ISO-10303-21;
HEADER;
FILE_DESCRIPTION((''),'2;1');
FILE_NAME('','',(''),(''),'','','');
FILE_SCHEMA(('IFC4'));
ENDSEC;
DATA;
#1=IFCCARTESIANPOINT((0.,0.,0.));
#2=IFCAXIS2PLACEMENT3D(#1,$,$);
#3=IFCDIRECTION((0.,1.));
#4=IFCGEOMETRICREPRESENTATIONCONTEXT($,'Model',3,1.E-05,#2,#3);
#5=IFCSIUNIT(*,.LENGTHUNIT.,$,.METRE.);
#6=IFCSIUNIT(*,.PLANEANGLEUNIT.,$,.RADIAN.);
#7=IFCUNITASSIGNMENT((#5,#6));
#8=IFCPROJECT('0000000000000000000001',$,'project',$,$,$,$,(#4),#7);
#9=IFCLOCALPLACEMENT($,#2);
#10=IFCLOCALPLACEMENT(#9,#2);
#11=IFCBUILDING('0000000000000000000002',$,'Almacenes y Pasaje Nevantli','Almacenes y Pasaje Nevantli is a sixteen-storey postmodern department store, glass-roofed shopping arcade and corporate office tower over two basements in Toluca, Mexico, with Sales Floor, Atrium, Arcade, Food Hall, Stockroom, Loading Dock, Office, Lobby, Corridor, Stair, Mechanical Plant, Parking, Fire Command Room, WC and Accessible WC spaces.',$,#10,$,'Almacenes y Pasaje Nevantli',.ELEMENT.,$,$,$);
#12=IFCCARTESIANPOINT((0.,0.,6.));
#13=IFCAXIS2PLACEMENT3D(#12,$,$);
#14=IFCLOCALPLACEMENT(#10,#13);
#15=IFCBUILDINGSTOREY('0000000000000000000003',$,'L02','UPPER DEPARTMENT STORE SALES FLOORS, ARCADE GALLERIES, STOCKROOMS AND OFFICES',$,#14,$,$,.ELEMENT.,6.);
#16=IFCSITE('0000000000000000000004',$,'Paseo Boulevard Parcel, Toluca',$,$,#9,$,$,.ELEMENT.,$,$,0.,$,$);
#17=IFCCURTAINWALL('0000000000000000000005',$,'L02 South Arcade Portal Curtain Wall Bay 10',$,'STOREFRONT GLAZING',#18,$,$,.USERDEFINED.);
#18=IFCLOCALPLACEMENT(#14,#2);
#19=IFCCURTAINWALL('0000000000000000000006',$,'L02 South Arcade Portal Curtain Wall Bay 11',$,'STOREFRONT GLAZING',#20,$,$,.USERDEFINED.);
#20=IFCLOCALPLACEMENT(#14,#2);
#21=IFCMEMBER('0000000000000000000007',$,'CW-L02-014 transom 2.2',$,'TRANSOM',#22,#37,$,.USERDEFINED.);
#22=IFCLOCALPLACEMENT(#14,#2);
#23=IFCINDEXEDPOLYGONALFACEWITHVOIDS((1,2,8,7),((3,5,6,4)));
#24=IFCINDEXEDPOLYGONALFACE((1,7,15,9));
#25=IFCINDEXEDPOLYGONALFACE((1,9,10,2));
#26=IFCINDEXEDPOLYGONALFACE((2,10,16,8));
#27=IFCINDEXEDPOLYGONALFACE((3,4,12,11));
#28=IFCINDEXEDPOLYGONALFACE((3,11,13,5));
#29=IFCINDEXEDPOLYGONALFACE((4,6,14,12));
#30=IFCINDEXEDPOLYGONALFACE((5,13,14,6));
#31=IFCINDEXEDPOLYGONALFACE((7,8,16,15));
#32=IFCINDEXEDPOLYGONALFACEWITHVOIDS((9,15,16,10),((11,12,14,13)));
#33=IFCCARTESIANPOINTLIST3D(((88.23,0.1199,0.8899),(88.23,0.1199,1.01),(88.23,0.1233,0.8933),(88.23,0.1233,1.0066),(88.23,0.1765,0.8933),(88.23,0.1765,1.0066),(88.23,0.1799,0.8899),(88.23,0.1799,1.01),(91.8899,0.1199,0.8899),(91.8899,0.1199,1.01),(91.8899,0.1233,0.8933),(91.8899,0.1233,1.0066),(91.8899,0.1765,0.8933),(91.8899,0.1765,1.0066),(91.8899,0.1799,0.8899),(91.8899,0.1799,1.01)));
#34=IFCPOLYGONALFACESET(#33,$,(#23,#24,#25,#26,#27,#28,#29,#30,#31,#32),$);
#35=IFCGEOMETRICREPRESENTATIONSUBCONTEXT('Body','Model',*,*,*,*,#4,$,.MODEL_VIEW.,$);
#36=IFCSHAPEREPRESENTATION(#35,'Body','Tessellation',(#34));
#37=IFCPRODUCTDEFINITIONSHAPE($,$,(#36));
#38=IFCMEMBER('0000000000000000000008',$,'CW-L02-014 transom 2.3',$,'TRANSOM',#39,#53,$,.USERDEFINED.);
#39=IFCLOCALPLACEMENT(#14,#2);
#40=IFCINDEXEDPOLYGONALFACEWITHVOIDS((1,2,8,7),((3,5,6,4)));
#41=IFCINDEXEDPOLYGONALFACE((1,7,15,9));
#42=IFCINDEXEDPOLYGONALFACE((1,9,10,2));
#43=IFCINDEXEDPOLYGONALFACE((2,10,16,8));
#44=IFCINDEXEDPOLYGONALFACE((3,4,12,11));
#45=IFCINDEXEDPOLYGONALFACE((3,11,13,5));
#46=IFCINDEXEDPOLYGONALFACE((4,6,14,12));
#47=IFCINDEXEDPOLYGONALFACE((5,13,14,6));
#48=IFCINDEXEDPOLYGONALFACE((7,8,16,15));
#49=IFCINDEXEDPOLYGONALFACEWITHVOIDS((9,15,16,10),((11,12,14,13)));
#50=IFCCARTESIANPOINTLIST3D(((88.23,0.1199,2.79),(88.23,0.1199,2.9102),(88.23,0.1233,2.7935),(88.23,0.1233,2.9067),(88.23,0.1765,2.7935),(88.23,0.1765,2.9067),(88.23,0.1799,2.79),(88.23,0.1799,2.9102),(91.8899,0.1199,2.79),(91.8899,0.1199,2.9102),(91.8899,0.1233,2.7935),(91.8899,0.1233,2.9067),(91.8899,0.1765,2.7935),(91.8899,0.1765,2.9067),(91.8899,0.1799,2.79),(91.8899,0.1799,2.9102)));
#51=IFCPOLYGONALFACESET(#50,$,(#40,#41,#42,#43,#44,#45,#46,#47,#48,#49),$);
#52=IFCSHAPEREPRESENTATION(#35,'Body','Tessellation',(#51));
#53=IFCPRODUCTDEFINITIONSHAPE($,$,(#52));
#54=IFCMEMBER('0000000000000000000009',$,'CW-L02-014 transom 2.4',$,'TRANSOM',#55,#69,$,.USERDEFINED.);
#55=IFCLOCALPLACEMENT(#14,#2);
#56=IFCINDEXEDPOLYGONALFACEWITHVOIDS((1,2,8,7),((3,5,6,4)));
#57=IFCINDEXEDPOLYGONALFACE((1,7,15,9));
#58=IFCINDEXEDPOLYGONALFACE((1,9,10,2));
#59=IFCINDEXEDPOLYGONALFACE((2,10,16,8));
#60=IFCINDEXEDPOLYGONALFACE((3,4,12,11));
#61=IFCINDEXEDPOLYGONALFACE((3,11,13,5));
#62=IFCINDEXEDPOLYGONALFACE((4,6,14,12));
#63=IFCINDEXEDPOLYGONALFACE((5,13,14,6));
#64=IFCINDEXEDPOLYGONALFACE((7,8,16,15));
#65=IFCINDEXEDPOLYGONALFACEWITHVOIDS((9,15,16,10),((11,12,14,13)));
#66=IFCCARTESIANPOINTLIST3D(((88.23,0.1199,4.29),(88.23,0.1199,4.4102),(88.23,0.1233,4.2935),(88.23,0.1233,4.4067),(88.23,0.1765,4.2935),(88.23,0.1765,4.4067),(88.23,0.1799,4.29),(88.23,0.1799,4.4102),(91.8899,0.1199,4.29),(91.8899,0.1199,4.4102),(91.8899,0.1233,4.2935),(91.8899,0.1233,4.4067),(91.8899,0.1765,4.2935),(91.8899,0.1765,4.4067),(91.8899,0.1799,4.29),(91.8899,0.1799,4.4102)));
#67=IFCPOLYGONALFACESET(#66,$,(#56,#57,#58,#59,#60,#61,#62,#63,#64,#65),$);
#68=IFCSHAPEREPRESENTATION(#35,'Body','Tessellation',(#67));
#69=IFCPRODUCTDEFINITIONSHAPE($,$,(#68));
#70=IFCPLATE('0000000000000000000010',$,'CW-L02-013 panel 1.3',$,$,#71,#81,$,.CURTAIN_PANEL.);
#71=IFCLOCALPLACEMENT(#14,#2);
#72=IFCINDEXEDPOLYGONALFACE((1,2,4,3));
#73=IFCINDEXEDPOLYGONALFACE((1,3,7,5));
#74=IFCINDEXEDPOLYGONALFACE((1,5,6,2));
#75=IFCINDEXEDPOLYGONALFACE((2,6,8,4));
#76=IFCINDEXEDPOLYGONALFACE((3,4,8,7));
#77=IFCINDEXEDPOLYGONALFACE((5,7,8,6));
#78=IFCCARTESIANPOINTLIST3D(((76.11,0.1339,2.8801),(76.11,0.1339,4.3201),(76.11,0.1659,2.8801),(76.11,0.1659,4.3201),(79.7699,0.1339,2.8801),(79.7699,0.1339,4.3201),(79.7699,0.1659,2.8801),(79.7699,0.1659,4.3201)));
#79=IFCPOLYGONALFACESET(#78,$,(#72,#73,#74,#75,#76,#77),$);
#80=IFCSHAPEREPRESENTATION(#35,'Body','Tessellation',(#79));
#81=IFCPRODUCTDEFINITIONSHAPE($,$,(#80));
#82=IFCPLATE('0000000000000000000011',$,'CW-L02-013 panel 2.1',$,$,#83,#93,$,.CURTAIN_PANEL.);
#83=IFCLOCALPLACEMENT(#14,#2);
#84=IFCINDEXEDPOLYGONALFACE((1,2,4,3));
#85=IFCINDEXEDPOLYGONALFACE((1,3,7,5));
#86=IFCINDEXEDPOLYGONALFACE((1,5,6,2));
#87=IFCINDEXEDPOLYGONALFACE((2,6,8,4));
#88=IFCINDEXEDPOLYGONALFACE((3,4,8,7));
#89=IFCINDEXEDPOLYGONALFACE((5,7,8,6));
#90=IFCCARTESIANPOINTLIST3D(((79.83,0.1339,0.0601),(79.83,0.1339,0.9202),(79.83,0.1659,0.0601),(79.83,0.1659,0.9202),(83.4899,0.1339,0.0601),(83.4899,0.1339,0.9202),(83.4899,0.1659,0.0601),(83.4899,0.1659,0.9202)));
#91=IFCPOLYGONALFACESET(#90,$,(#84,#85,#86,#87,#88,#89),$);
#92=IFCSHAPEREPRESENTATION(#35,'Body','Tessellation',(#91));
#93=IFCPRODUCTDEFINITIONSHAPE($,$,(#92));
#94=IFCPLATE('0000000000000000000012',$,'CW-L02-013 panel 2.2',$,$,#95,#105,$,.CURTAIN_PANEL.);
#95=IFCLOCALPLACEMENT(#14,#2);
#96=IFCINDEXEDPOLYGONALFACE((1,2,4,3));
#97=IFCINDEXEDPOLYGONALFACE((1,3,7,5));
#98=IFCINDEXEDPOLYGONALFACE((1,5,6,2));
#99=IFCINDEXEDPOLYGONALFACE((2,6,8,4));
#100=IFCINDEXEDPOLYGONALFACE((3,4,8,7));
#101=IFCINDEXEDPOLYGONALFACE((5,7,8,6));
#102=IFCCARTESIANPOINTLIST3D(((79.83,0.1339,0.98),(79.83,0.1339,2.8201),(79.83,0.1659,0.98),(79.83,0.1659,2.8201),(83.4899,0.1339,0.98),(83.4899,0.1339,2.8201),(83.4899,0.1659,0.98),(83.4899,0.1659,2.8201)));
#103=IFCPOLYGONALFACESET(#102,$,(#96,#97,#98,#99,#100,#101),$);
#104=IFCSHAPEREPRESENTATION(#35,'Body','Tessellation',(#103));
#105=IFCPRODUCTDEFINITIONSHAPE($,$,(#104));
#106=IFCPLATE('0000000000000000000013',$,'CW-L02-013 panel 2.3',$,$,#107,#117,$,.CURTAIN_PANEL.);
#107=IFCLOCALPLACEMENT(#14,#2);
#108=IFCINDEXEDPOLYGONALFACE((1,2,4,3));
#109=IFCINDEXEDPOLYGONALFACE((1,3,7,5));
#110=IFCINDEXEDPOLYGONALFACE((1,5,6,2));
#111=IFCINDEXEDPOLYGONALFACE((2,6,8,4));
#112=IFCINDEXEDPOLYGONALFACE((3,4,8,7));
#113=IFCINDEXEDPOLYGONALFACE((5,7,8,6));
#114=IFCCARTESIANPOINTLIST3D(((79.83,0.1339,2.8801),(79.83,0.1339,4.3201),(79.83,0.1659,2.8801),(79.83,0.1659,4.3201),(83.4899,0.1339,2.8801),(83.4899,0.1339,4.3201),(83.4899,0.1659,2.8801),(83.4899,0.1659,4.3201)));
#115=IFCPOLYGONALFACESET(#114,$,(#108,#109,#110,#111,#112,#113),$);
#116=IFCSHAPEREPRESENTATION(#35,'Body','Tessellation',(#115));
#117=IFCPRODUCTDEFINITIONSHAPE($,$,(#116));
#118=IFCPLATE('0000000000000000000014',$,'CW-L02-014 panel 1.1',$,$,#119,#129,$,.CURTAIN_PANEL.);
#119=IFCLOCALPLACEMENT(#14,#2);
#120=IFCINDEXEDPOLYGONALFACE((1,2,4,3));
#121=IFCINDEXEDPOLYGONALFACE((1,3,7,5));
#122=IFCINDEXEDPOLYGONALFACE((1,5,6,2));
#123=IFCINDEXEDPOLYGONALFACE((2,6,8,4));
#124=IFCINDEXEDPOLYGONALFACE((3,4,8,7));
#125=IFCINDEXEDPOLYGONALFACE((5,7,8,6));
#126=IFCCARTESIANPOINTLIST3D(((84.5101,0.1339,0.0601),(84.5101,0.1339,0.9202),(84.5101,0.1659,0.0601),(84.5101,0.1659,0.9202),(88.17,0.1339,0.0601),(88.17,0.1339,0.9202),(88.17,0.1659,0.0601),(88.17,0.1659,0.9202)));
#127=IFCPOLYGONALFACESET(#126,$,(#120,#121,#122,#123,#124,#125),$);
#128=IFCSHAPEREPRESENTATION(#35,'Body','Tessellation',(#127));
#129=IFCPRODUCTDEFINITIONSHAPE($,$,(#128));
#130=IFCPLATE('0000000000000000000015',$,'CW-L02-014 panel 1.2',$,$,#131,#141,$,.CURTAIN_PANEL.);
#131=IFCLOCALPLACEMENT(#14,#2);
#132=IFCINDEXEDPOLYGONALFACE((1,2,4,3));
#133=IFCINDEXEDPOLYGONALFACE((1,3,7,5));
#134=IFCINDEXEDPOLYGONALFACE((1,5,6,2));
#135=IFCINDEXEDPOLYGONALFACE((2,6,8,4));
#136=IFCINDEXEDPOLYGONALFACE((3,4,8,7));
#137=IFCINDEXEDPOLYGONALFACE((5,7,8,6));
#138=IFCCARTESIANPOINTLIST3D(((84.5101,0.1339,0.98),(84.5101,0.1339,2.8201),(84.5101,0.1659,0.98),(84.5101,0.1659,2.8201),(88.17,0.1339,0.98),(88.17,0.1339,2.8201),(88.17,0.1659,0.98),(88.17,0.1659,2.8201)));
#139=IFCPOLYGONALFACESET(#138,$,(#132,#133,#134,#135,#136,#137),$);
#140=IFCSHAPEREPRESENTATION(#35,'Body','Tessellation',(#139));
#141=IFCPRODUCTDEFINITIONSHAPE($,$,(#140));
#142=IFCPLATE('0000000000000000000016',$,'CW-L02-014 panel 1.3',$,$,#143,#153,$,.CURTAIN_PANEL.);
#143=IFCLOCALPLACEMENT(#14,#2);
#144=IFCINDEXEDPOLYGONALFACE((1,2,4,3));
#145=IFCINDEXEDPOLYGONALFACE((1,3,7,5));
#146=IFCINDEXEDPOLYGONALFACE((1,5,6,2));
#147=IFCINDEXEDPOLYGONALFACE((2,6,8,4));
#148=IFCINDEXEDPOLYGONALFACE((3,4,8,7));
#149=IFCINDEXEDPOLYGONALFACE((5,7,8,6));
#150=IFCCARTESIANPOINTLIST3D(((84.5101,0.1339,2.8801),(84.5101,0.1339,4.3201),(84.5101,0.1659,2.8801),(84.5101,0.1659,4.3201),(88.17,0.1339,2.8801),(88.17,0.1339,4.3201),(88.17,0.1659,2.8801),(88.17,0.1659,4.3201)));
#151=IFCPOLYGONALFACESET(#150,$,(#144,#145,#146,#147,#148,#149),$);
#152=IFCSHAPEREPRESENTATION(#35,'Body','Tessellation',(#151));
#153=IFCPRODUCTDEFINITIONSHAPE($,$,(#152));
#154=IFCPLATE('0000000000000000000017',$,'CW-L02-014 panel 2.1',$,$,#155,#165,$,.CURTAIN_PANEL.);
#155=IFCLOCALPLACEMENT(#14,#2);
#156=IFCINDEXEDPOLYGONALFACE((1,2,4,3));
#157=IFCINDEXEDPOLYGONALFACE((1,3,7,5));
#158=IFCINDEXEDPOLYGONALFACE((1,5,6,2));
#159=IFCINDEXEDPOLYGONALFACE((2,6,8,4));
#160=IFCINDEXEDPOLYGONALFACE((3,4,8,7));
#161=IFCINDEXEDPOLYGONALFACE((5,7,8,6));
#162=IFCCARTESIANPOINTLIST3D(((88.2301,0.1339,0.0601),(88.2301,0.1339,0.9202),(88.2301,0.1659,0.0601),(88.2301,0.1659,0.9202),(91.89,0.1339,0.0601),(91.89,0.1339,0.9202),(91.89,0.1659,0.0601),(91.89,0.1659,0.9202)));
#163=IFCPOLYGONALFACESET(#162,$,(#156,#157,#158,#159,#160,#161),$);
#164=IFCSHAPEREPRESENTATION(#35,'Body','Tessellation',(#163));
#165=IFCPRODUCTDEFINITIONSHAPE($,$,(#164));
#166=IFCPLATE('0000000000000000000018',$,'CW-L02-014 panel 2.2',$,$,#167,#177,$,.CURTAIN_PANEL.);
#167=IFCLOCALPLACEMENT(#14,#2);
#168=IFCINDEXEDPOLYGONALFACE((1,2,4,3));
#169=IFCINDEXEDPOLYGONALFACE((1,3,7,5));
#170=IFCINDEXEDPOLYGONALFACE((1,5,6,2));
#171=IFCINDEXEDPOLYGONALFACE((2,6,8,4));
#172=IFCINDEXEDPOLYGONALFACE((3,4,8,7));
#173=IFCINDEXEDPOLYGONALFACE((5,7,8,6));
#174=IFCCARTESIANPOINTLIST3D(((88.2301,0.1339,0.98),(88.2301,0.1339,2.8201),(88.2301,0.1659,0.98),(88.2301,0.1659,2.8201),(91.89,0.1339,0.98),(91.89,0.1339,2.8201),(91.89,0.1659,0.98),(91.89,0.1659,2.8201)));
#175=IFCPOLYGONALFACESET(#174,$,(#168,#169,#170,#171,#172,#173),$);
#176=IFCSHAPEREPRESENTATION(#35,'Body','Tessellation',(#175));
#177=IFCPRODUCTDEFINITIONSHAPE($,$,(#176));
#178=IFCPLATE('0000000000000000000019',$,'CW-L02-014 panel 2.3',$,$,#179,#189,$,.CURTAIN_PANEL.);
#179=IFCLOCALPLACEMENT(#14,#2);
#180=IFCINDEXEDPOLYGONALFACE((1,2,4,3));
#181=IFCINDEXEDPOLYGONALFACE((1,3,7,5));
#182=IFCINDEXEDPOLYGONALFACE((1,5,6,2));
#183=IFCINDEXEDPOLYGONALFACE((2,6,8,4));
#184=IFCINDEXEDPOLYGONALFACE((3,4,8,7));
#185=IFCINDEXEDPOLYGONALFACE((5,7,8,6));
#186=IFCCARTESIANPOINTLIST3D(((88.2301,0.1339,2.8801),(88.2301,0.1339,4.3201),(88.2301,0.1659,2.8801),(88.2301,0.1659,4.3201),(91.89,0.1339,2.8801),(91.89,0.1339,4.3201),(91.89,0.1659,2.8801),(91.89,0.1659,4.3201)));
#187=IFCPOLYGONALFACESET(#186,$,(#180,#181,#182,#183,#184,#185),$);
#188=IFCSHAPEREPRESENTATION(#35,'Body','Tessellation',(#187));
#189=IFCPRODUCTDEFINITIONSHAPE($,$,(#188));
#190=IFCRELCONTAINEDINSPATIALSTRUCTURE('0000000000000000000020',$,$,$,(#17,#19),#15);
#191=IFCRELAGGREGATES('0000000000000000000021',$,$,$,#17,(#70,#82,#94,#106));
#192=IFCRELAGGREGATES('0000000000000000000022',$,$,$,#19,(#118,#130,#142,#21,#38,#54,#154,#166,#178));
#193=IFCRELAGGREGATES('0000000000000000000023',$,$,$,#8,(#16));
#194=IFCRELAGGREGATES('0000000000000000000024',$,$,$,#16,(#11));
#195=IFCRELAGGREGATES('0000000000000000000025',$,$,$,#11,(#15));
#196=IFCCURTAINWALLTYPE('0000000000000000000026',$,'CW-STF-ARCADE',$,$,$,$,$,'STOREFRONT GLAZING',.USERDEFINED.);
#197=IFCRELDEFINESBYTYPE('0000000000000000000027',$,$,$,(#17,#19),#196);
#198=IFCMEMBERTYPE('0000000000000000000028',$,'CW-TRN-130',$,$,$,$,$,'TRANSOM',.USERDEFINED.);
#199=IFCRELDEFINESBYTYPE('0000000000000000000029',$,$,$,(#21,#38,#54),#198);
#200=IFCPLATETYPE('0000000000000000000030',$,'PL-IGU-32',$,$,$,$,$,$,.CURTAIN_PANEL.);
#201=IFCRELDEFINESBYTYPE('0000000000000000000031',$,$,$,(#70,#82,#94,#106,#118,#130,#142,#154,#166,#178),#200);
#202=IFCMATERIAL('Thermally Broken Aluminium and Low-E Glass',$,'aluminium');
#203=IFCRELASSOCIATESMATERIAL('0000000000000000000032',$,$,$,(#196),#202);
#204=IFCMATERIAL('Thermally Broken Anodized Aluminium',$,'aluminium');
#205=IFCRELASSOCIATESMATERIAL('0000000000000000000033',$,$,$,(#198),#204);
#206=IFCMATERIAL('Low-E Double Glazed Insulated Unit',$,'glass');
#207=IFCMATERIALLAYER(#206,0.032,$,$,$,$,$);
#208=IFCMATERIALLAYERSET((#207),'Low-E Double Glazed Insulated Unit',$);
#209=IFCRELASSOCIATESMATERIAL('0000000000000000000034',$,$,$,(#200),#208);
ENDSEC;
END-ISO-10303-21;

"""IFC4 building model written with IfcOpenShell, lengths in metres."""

from ifc_helpers import new_model, si_unit, direction, frame, origin, origin_2d, place, context, subcontext, project, spatial, rectangle, hollow_rectangle, extrude, material, layer, layer_set, material_profile, profile_set, type_object, element, aggregate, save


model = new_model("IFC4")

# Units and contexts
model_context = context("Model", 3, precision=1e-05, world=origin(), true_north=direction((0.0, 1.0)))
body_context = subcontext(model_context, "Body", "Model", "MODEL_VIEW")
ifc_project = project(units=[si_unit("LENGTHUNIT", "METRE"), si_unit("PLANEANGLEUNIT", "RADIAN")], contexts=[model_context])

# Site, building, storey
site_placement = place(None, origin())
site = spatial("IfcSite", under=ifc_project, at=site_placement, Name="Paseo Boulevard Parcel, Toluca", CompositionType="ELEMENT", RefElevation=0.0)
building_placement = place(site_placement, origin())
building = spatial("IfcBuilding", under=site, at=building_placement, Name="Almacenes y Pasaje Nevantli", Description="Almacenes y Pasaje Nevantli is a sixteen-storey postmodern department store, glass-roofed shopping arcade and corporate office tower over two basements in Toluca, Mexico, with Sales Floor, Atrium, Arcade, Food Hall, Stockroom, Loading Dock, Office, Lobby, Corridor, Stair, Mechanical Plant, Parking, Fire Command Room, WC and Accessible WC spaces.", LongName="Almacenes y Pasaje Nevantli", CompositionType="ELEMENT")
storey_placement = place(building_placement, frame((0.0, 0.0, 6.0)))
storey = spatial("IfcBuildingStorey", under=building, at=storey_placement, Name="L02", Description="UPPER DEPARTMENT STORE SALES FLOORS, ARCADE GALLERIES, STOCKROOMS AND OFFICES", CompositionType="ELEMENT", Elevation=6.0)

# Curtain walls
ifc_material_1 = material(Name="Thermally Broken Aluminium and Low-E Glass", Category="aluminium")
curtain_wall_type = type_object("IfcCurtainWallType", Name="CW-STF-ARCADE", ElementType="STOREFRONT GLAZING", PredefinedType="USERDEFINED", material=ifc_material_1)
curtain_wall_1_placement = place(storey_placement, origin())
curtain_wall_1 = element("IfcCurtainWall", 1, at=curtain_wall_1_placement, inside=storey, type_object=curtain_wall_type, Name="L02 South Arcade Portal Curtain Wall Bay 10", ObjectType="STOREFRONT GLAZING", PredefinedType="USERDEFINED")
curtain_wall_2_placement = place(storey_placement, origin())
curtain_wall_2 = element("IfcCurtainWall", 2, at=curtain_wall_2_placement, inside=storey, type_object=curtain_wall_type, Name="L02 South Arcade Portal Curtain Wall Bay 11", ObjectType="STOREFRONT GLAZING", PredefinedType="USERDEFINED")

# Members
ifc_material_2 = material(Name="Thermally Broken Anodized Aluminium", Category="aluminium")
ifc_material_profile_1 = material_profile(ifc_material_2, hollow_rectangle(XDim=0.0601, YDim=0.1201, WallThickness=0.0034, at=origin_2d()), Name="ALU-TRN-60x120")
ifc_profile_set_1 = profile_set([ifc_material_profile_1], Name="Thermally Broken Anodized Aluminium")
member_type_1 = type_object("IfcMemberType", Name="CW-TRN-130", ElementType="TRANSOM", PredefinedType="USERDEFINED", material=ifc_profile_set_1)
member_1_placement = place(storey_placement, frame((88.23, 0.1499, 0.95), z_axis=(1.0, 0.0, 0.0), x_axis=(0.0, 1.0, 0.0)))
member_1 = element("IfcMember", 3, at=member_1_placement, type_object=member_type_1, Name="CW-L02-014 transom 2.2", ObjectType="TRANSOM", PredefinedType="USERDEFINED", context=body_context, shape_type="SweptSolid", body=[
    extrude(hollow_rectangle(XDim=0.0601, YDim=0.1201, WallThickness=0.0034, at=origin_2d()), origin(), (0.0, 0.0, 1.0), 3.6599),
])
member_2_placement = place(storey_placement, frame((88.23, 0.1499, 2.8501), z_axis=(1.0, 0.0, 0.0), x_axis=(0.0, 1.0, 0.0)))
member_2 = element("IfcMember", 4, at=member_2_placement, type_object=member_type_1, Name="CW-L02-014 transom 2.3", ObjectType="TRANSOM", PredefinedType="USERDEFINED", context=body_context, shape_type="SweptSolid", body=[
    extrude(hollow_rectangle(XDim=0.0601, YDim=0.1201, WallThickness=0.0034, at=origin_2d()), origin(), (0.0, 0.0, 1.0), 3.6599),
])
member_3_placement = place(storey_placement, frame((88.23, 0.1499, 4.3501), z_axis=(1.0, 0.0, 0.0), x_axis=(0.0, 1.0, 0.0)))
member_3 = element("IfcMember", 5, at=member_3_placement, type_object=member_type_1, Name="CW-L02-014 transom 2.4", ObjectType="TRANSOM", PredefinedType="USERDEFINED", context=body_context, shape_type="SweptSolid", body=[
    extrude(hollow_rectangle(XDim=0.0601, YDim=0.1201, WallThickness=0.0034, at=origin_2d()), origin(), (0.0, 0.0, 1.0), 3.6599),
])

# Plates
ifc_material_3 = material(Name="Low-E Double Glazed Insulated Unit", Category="glass")
ifc_layer = layer(ifc_material_3, 0.032)
ifc_layer_set = layer_set([ifc_layer], Name="Low-E Double Glazed Insulated Unit")
plate_type = type_object("IfcPlateType", Name="PL-IGU-32", PredefinedType="CURTAIN_PANEL", material=ifc_layer_set)
plate_1_placement = place(storey_placement, frame((77.9399, 0.1499, 2.8801), z_axis=(0.0, 0.0, 1.0), x_axis=(1.0, 0.0, 0.0)))
plate_1 = element("IfcPlate", 6, at=plate_1_placement, type_object=plate_type, Name="CW-L02-013 panel 1.3", PredefinedType="CURTAIN_PANEL", context=body_context, shape_type="SweptSolid", body=[
    extrude(rectangle(XDim=3.6599, YDim=0.032, at=origin_2d()), origin(), (0.0, 0.0, 1.0), 1.4399),
])
plate_2_placement = place(storey_placement, frame((81.6599, 0.1499, 0.0601), z_axis=(0.0, 0.0, 1.0), x_axis=(1.0, 0.0, 0.0)))
plate_2 = element("IfcPlate", 7, at=plate_2_placement, type_object=plate_type, Name="CW-L02-013 panel 2.1", PredefinedType="CURTAIN_PANEL", context=body_context, shape_type="SweptSolid", body=[
    extrude(rectangle(XDim=3.6599, YDim=0.032, at=origin_2d()), origin(), (0.0, 0.0, 1.0), 0.8601),
])
plate_3_placement = place(storey_placement, frame((81.6599, 0.1499, 0.98), z_axis=(0.0, 0.0, 1.0), x_axis=(1.0, 0.0, 0.0)))
plate_3 = element("IfcPlate", 8, at=plate_3_placement, type_object=plate_type, Name="CW-L02-013 panel 2.2", PredefinedType="CURTAIN_PANEL", context=body_context, shape_type="SweptSolid", body=[
    extrude(rectangle(XDim=3.6599, YDim=0.032, at=origin_2d()), origin(), (0.0, 0.0, 1.0), 1.8401),
])
plate_4_placement = place(storey_placement, frame((81.6599, 0.1499, 2.8801), z_axis=(0.0, 0.0, 1.0), x_axis=(1.0, 0.0, 0.0)))
plate_4 = element("IfcPlate", 9, at=plate_4_placement, type_object=plate_type, Name="CW-L02-013 panel 2.3", PredefinedType="CURTAIN_PANEL", context=body_context, shape_type="SweptSolid", body=[
    extrude(rectangle(XDim=3.6599, YDim=0.032, at=origin_2d()), origin(), (0.0, 0.0, 1.0), 1.4399),
])
aggregate(curtain_wall_1, [plate_1, plate_2, plate_3, plate_4])
plate_5_placement = place(storey_placement, frame((86.3401, 0.1499, 0.0601), z_axis=(0.0, 0.0, 1.0), x_axis=(1.0, 0.0, 0.0)))
plate_5 = element("IfcPlate", 10, at=plate_5_placement, type_object=plate_type, Name="CW-L02-014 panel 1.1", PredefinedType="CURTAIN_PANEL", context=body_context, shape_type="SweptSolid", body=[
    extrude(rectangle(XDim=3.6599, YDim=0.032, at=origin_2d()), origin(), (0.0, 0.0, 1.0), 0.8601),
])
plate_6_placement = place(storey_placement, frame((86.3401, 0.1499, 0.98), z_axis=(0.0, 0.0, 1.0), x_axis=(1.0, 0.0, 0.0)))
plate_6 = element("IfcPlate", 11, at=plate_6_placement, type_object=plate_type, Name="CW-L02-014 panel 1.2", PredefinedType="CURTAIN_PANEL", context=body_context, shape_type="SweptSolid", body=[
    extrude(rectangle(XDim=3.6599, YDim=0.032, at=origin_2d()), origin(), (0.0, 0.0, 1.0), 1.8401),
])
plate_7_placement = place(storey_placement, frame((86.3401, 0.1499, 2.8801), z_axis=(0.0, 0.0, 1.0), x_axis=(1.0, 0.0, 0.0)))
plate_7 = element("IfcPlate", 12, at=plate_7_placement, type_object=plate_type, Name="CW-L02-014 panel 1.3", PredefinedType="CURTAIN_PANEL", context=body_context, shape_type="SweptSolid", body=[
    extrude(rectangle(XDim=3.6599, YDim=0.032, at=origin_2d()), origin(), (0.0, 0.0, 1.0), 1.4399),
])
plate_8_placement = place(storey_placement, frame((90.0601, 0.1499, 0.0601), z_axis=(0.0, 0.0, 1.0), x_axis=(1.0, 0.0, 0.0)))
plate_8 = element("IfcPlate", 13, at=plate_8_placement, type_object=plate_type, Name="CW-L02-014 panel 2.1", PredefinedType="CURTAIN_PANEL", context=body_context, shape_type="SweptSolid", body=[
    extrude(rectangle(XDim=3.6599, YDim=0.032, at=origin_2d()), origin(), (0.0, 0.0, 1.0), 0.8601),
])
plate_9_placement = place(storey_placement, frame((90.0601, 0.1499, 0.98), z_axis=(0.0, 0.0, 1.0), x_axis=(1.0, 0.0, 0.0)))
plate_9 = element("IfcPlate", 14, at=plate_9_placement, type_object=plate_type, Name="CW-L02-014 panel 2.2", PredefinedType="CURTAIN_PANEL", context=body_context, shape_type="SweptSolid", body=[
    extrude(rectangle(XDim=3.6599, YDim=0.032, at=origin_2d()), origin(), (0.0, 0.0, 1.0), 1.8401),
])
plate_10_placement = place(storey_placement, frame((90.0601, 0.1499, 2.8801), z_axis=(0.0, 0.0, 1.0), x_axis=(1.0, 0.0, 0.0)))
plate_10 = element("IfcPlate", 15, at=plate_10_placement, type_object=plate_type, Name="CW-L02-014 panel 2.3", PredefinedType="CURTAIN_PANEL", context=body_context, shape_type="SweptSolid", body=[
    extrude(rectangle(XDim=3.6599, YDim=0.032, at=origin_2d()), origin(), (0.0, 0.0, 1.0), 1.4399),
])
aggregate(curtain_wall_2, [plate_5, plate_6, plate_7, member_1, member_2, member_3, plate_8, plate_9, plate_10])

save(model, "model.ifc")
